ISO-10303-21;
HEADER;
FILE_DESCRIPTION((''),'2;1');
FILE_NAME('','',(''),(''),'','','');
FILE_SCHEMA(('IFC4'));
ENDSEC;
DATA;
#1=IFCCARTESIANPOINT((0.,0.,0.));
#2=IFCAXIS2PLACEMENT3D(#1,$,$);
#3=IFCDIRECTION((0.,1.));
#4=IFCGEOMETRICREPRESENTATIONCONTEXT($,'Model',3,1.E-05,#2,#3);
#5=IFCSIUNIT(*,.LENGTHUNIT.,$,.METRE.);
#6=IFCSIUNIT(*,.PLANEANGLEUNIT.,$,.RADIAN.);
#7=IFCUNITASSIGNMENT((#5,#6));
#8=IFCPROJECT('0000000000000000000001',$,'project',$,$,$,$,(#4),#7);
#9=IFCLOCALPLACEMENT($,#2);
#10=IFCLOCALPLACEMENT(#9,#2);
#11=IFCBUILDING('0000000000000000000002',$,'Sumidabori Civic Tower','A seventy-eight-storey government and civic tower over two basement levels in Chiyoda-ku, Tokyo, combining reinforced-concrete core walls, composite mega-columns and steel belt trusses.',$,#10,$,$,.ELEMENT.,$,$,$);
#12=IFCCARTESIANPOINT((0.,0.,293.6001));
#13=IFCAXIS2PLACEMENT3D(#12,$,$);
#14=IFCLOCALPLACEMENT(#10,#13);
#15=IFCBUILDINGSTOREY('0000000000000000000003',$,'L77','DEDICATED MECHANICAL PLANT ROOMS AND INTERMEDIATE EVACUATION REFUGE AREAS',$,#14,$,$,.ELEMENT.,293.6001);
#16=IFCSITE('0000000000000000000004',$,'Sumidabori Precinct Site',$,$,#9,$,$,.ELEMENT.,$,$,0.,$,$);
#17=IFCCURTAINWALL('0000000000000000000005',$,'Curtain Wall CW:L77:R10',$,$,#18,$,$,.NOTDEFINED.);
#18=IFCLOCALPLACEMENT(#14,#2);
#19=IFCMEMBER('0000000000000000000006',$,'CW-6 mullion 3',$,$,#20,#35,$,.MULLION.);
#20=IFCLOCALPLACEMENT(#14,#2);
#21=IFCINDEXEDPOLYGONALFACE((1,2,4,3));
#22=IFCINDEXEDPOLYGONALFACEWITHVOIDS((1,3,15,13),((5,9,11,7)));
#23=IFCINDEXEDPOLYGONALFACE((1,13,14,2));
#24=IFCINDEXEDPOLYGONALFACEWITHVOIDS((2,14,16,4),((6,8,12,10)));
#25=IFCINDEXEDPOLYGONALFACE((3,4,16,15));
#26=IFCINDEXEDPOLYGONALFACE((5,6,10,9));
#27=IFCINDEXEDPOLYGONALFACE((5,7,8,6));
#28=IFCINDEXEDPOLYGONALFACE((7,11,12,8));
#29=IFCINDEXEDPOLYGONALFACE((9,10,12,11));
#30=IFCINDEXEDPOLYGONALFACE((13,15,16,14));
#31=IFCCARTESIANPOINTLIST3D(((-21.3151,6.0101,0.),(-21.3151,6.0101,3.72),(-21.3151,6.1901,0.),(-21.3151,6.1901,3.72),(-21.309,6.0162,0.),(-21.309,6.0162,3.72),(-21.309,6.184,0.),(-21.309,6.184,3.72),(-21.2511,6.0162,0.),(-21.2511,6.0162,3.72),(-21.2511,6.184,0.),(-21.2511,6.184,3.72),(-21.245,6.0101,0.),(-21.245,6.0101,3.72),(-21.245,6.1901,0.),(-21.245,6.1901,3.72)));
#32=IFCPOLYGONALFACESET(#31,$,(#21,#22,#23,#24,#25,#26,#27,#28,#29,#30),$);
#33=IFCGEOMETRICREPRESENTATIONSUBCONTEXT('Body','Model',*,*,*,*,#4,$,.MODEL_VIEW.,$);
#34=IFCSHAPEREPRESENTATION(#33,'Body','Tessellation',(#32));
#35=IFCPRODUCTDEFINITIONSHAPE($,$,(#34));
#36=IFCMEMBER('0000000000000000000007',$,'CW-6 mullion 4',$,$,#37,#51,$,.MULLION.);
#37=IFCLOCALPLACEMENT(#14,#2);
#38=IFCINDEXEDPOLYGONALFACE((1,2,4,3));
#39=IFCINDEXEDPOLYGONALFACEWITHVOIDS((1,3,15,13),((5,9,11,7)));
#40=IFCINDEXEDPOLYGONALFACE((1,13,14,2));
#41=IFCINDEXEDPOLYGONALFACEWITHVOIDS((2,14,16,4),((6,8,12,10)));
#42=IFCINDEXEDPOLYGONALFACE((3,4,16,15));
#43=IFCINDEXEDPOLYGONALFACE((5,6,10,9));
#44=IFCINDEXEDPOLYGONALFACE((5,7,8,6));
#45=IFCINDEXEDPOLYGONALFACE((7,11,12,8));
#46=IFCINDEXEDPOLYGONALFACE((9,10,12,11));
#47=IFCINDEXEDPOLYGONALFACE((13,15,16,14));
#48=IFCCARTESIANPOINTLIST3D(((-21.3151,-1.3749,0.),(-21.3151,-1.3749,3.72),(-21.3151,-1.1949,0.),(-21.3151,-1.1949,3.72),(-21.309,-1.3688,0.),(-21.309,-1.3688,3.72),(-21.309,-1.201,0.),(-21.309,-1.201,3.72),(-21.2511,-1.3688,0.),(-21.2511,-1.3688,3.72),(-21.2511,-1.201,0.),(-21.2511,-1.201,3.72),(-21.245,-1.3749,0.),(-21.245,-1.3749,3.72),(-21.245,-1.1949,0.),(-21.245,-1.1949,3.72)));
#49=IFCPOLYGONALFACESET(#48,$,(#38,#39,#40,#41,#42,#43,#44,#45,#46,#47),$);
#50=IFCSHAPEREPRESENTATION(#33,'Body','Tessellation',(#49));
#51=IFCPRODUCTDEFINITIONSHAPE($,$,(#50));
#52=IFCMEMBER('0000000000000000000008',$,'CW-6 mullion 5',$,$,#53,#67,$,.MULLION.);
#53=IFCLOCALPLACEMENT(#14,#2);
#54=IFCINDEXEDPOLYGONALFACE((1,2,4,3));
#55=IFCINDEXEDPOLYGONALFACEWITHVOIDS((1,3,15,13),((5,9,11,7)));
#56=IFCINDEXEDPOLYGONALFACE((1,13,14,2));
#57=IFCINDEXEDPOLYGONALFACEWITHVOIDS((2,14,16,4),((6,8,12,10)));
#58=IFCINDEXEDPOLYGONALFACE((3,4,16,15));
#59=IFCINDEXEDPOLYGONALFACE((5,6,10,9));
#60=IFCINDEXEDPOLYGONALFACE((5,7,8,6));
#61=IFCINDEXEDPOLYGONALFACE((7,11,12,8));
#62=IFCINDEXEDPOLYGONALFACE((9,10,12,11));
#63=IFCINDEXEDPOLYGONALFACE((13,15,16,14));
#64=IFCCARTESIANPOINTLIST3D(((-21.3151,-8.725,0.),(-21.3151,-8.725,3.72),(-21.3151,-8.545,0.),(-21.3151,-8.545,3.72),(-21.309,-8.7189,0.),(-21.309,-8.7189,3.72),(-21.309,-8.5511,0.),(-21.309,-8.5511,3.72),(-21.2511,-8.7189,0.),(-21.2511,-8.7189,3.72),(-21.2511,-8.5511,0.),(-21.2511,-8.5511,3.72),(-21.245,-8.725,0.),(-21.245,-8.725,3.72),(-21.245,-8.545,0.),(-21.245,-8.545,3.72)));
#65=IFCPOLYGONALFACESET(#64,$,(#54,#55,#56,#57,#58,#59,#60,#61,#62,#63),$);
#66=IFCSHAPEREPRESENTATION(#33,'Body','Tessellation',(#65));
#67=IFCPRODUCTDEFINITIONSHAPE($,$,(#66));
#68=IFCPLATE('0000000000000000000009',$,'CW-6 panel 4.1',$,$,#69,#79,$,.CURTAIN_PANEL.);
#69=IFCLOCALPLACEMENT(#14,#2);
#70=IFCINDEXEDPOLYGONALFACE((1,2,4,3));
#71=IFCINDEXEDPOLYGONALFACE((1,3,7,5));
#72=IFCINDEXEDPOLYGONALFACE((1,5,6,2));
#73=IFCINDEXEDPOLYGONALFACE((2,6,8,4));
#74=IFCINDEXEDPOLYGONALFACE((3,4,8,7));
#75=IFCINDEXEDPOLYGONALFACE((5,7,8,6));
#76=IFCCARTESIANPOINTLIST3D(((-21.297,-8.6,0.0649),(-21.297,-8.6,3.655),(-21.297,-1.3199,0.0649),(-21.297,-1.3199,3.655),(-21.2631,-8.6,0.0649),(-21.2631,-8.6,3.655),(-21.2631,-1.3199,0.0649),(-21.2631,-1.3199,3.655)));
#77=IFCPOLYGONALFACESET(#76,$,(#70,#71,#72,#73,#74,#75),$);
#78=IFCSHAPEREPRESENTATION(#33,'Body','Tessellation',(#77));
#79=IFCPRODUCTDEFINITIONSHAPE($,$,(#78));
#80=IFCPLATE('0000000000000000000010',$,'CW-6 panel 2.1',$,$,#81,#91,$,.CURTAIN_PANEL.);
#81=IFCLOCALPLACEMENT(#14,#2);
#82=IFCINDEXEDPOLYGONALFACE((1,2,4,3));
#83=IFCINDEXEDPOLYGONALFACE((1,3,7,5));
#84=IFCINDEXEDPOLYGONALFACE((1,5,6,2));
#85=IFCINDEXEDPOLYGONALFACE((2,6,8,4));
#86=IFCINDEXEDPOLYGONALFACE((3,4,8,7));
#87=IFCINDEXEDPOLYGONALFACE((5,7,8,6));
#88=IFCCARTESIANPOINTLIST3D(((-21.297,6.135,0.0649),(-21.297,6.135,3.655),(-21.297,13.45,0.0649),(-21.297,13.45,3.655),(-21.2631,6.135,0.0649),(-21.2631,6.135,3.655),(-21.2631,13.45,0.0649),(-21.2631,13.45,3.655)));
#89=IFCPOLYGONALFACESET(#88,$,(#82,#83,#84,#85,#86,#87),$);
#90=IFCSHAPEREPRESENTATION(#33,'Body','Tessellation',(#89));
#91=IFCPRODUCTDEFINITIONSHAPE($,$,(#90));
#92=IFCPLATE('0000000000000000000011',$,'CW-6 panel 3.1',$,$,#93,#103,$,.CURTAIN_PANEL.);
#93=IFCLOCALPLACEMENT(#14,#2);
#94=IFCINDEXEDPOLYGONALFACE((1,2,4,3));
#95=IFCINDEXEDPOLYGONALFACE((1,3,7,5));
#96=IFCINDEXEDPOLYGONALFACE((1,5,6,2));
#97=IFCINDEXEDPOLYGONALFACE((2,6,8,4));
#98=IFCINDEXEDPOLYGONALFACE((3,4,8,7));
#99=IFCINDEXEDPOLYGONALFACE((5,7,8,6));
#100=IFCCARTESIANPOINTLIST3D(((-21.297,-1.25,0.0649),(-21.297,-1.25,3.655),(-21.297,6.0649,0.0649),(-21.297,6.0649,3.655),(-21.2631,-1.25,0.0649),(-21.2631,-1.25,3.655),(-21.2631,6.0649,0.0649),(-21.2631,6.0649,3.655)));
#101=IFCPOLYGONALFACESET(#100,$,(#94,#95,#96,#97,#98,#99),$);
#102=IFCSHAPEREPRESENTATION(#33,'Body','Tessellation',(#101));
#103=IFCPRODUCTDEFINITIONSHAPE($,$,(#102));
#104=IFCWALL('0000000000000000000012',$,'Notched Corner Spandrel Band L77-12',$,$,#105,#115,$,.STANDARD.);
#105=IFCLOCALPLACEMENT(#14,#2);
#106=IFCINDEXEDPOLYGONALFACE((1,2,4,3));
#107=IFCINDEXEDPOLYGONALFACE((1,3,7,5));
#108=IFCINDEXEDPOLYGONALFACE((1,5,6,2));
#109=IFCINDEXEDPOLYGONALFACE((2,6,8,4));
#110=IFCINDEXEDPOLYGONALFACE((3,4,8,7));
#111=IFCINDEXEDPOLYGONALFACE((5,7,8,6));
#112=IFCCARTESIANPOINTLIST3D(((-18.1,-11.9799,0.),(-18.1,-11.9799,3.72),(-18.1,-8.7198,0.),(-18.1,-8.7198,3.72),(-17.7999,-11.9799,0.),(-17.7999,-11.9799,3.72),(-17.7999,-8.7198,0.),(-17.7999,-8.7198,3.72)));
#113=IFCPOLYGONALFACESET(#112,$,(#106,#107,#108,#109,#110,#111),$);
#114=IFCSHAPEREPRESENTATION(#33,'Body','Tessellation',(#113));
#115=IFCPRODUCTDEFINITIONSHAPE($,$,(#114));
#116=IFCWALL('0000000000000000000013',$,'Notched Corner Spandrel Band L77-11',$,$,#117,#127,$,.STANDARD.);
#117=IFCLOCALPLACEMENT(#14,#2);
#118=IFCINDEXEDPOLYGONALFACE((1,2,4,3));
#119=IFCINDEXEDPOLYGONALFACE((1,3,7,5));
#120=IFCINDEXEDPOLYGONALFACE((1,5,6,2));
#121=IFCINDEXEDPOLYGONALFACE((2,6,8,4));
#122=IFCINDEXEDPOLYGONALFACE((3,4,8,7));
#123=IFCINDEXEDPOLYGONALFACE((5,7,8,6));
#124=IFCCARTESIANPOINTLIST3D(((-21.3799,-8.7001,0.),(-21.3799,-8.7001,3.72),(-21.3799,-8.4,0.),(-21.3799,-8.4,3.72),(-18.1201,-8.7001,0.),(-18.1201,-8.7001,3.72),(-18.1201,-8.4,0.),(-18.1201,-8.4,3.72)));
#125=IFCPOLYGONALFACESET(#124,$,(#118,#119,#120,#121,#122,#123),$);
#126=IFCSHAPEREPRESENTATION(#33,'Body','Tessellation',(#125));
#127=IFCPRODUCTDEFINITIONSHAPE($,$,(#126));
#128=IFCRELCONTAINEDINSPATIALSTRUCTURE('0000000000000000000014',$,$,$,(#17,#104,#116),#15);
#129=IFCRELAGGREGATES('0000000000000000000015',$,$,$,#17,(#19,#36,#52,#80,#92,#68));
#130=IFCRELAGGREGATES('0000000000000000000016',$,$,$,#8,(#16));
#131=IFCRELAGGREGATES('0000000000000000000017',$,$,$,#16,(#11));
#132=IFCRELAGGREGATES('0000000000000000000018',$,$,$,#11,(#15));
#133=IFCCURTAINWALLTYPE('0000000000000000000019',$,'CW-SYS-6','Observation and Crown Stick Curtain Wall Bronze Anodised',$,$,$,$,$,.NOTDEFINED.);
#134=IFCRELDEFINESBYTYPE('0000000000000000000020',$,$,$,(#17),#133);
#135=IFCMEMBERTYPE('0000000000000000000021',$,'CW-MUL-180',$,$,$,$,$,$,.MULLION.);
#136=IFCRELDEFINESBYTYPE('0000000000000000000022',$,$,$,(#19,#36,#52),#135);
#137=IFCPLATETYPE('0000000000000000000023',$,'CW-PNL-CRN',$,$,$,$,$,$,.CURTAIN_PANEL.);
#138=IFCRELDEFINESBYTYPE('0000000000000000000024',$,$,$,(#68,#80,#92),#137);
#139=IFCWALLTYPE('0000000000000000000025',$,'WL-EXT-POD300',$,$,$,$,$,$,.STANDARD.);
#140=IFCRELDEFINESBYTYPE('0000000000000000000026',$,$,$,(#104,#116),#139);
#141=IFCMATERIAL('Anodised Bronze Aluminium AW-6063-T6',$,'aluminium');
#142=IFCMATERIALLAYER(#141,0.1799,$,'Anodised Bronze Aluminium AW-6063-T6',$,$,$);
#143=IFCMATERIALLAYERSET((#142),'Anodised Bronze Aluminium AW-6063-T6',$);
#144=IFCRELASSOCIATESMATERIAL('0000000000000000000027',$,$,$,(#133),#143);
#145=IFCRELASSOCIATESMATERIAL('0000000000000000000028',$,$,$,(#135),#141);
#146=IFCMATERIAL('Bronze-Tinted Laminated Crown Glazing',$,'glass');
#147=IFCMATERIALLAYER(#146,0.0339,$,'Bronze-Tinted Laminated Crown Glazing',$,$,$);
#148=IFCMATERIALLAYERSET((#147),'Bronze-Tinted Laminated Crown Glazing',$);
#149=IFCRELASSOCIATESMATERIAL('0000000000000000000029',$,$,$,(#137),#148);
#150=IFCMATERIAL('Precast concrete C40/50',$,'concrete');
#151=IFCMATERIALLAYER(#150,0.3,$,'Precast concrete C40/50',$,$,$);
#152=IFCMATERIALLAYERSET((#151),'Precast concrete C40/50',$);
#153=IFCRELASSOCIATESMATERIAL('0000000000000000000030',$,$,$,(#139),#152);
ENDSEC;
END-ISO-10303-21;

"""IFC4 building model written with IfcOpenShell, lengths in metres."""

from ifc_helpers import new_model, si_unit, direction, frame, frame_2d, origin, origin_2d, place, context, subcontext, project, spatial, rectangle, hollow_rectangle, extrude, source, transform, mapped, material, layer, layer_set, material_profile, profile_set, type_object, element, aggregate, save


model = new_model("IFC4")

# Units and contexts
model_context = context("Model", 3, precision=1e-05, world=origin(), true_north=direction((0.0, 1.0)))
body_context = subcontext(model_context, "Body", "Model", "MODEL_VIEW")
ifc_project = project(units=[si_unit("LENGTHUNIT", "METRE"), si_unit("PLANEANGLEUNIT", "RADIAN")], contexts=[model_context])

# Site, building, storey
site_placement = place(None, origin())
site = spatial("IfcSite", under=ifc_project, at=site_placement, Name="Sumidabori Precinct Site", CompositionType="ELEMENT", RefElevation=0.0)
building_placement = place(site_placement, origin())
building = spatial("IfcBuilding", under=site, at=building_placement, Name="Sumidabori Civic Tower", Description="A seventy-eight-storey government and civic tower over two basement levels in Chiyoda-ku, Tokyo, combining reinforced-concrete core walls, composite mega-columns and steel belt trusses.", CompositionType="ELEMENT")
storey_placement = place(building_placement, frame((0.0, 0.0, 293.6001)))
storey = spatial("IfcBuildingStorey", under=building, at=storey_placement, Name="L77", Description="DEDICATED MECHANICAL PLANT ROOMS AND INTERMEDIATE EVACUATION REFUGE AREAS", CompositionType="ELEMENT", Elevation=293.6001)

# Curtain wall, members, plates
ifc_material_1 = material(Name="Anodised Bronze Aluminium AW-6063-T6", Category="aluminium")
ifc_layer_1 = layer(ifc_material_1, 0.1799, Name="Anodised Bronze Aluminium AW-6063-T6")
ifc_layer_set_1 = layer_set([ifc_layer_1], Name="Anodised Bronze Aluminium AW-6063-T6")
curtain_wall_type = type_object("IfcCurtainWallType", Name="CW-SYS-6", Description="Observation and Crown Stick Curtain Wall Bronze Anodised", PredefinedType="NOTDEFINED", material=ifc_layer_set_1)
curtain_wall_placement = place(storey_placement, origin())
curtain_wall = element("IfcCurtainWall", 1, at=curtain_wall_placement, inside=storey, type_object=curtain_wall_type, Name="Curtain Wall CW:L77:R10", PredefinedType="NOTDEFINED")
ifc_material_profile_1 = material_profile(ifc_material_1, hollow_rectangle(XDim=0.0701, YDim=0.1799, WallThickness=0.0061, at=origin_2d()), Name="ALU MULLION 180x70")
ifc_profile_set_1 = profile_set([ifc_material_profile_1], Name="Anodised Bronze Aluminium AW-6063-T6")
member_type_1 = type_object("IfcMemberType", Name="CW-MUL-180", PredefinedType="MULLION", material=ifc_profile_set_1)
shared_shape_1 = source(origin(), body_context, "Body", "SweptSolid", [
    extrude(hollow_rectangle(XDim=0.0701, YDim=0.1799, WallThickness=0.0061, at=origin_2d()), origin(), (0.0, 0.0, 1.0), 3.72),
])
member_1_placement = place(storey_placement, frame((-21.28, 6.1001, 0.0), z_axis=(0.0, 0.0, 1.0), x_axis=(1.0, 0.0, 0.0)))
member_1 = element("IfcMember", 2, at=member_1_placement, type_object=member_type_1, Name="CW-6 mullion 3", PredefinedType="MULLION", context=body_context, shape_type="MappedRepresentation", body=[
    mapped(shared_shape_1, transform((0.0, 0.0, 0.0), x_axis=(1.0, 0.0, 0.0), y_axis=(0.0, 1.0, 0.0), z_axis=(0.0, 0.0, 1.0), scale=1.0)),
])
member_2_placement = place(storey_placement, frame((-21.28, -1.2849, 0.0), z_axis=(0.0, 0.0, 1.0), x_axis=(1.0, 0.0, 0.0)))
member_2 = element("IfcMember", 3, at=member_2_placement, type_object=member_type_1, Name="CW-6 mullion 4", PredefinedType="MULLION", context=body_context, shape_type="MappedRepresentation", body=[
    mapped(shared_shape_1, transform((0.0, 0.0, 0.0), x_axis=(1.0, 0.0, 0.0), y_axis=(0.0, 1.0, 0.0), z_axis=(0.0, 0.0, 1.0), scale=1.0)),
])
member_3_placement = place(storey_placement, frame((-21.28, -8.635, 0.0), z_axis=(0.0, 0.0, 1.0), x_axis=(1.0, 0.0, 0.0)))
member_3 = element("IfcMember", 4, at=member_3_placement, type_object=member_type_1, Name="CW-6 mullion 5", PredefinedType="MULLION", context=body_context, shape_type="MappedRepresentation", body=[
    mapped(shared_shape_1, transform((0.0, 0.0, 0.0), x_axis=(1.0, 0.0, 0.0), y_axis=(0.0, 1.0, 0.0), z_axis=(0.0, 0.0, 1.0), scale=1.0)),
])
ifc_material_2 = material(Name="Bronze-Tinted Laminated Crown Glazing", Category="glass")
ifc_layer_2 = layer(ifc_material_2, 0.0339, Name="Bronze-Tinted Laminated Crown Glazing")
ifc_layer_set_2 = layer_set([ifc_layer_2], Name="Bronze-Tinted Laminated Crown Glazing")
plate_type = type_object("IfcPlateType", Name="CW-PNL-CRN", PredefinedType="CURTAIN_PANEL", material=ifc_layer_set_2)
shared_shape_2 = source(origin(), body_context, "Body", "SweptSolid", [
    extrude(rectangle(XDim=7.28, YDim=0.0339, at=origin_2d()), origin(), (0.0, 0.0, 1.0), 3.5901),
])
plate_1_placement = place(storey_placement, frame((-21.28, -4.96, 0.0649), z_axis=(0.0, 0.0, 1.0), x_axis=(0.0, -1.0, 0.0)))
plate_1 = element("IfcPlate", 5, at=plate_1_placement, type_object=plate_type, Name="CW-6 panel 4.1", PredefinedType="CURTAIN_PANEL", context=body_context, shape_type="MappedRepresentation", body=[
    mapped(shared_shape_2, transform((0.0, 0.0, 0.0), x_axis=(1.0, 0.0, 0.0), y_axis=(0.0, 1.0, 0.0), z_axis=(0.0, 0.0, 1.0), scale=1.0)),
])
shared_shape_3 = source(origin(), body_context, "Body", "SweptSolid", [
    extrude(rectangle(XDim=7.3149, YDim=0.0339, at=origin_2d()), origin(), (0.0, 0.0, 1.0), 3.5901),
])
plate_2_placement = place(storey_placement, frame((-21.28, 9.7925, 0.0649), z_axis=(0.0, 0.0, 1.0), x_axis=(0.0, -1.0, 0.0)))
plate_2 = element("IfcPlate", 6, at=plate_2_placement, type_object=plate_type, Name="CW-6 panel 2.1", PredefinedType="CURTAIN_PANEL", context=body_context, shape_type="MappedRepresentation", body=[
    mapped(shared_shape_3, transform((0.0, 0.0, 0.0), x_axis=(1.0, 0.0, 0.0), y_axis=(0.0, 1.0, 0.0), z_axis=(0.0, 0.0, 1.0), scale=1.0)),
])
plate_3_placement = place(storey_placement, frame((-21.28, 2.4075, 0.0649), z_axis=(0.0, 0.0, 1.0), x_axis=(0.0, -1.0, 0.0)))
plate_3 = element("IfcPlate", 7, at=plate_3_placement, type_object=plate_type, Name="CW-6 panel 3.1", PredefinedType="CURTAIN_PANEL", context=body_context, shape_type="MappedRepresentation", body=[
    mapped(shared_shape_3, transform((0.0, 0.0, 0.0), x_axis=(1.0, 0.0, 0.0), y_axis=(0.0, 1.0, 0.0), z_axis=(0.0, 0.0, 1.0), scale=1.0)),
])
aggregate(curtain_wall, [member_1, member_2, member_3, plate_2, plate_3, plate_1])

# Walls
ifc_material_3 = material(Name="Precast concrete C40/50", Category="concrete")
ifc_layer_3 = layer(ifc_material_3, 0.3, Name="Precast concrete C40/50")
ifc_layer_set_3 = layer_set([ifc_layer_3], Name="Precast concrete C40/50")
wall_type_1 = type_object("IfcWallType", Name="WL-EXT-POD300", PredefinedType="STANDARD", material=ifc_layer_set_3)
shared_shape_4 = source(origin(), body_context, "Body", "SweptSolid", [
    extrude(rectangle(XDim=3.26, YDim=0.3, at=frame_2d((1.6299, 0.0))), origin(), (0.0, 0.0, 1.0), 3.72),
])
wall_1_placement = place(storey_placement, frame((-17.95, -8.72, 0.0), z_axis=(0.0, 0.0, 1.0), x_axis=(0.0, -1.0, 0.0)))
element("IfcWall", 8, at=wall_1_placement, inside=storey, type_object=wall_type_1, Name="Notched Corner Spandrel Band L77-12", PredefinedType="STANDARD", context=body_context, shape_type="MappedRepresentation", body=[
    mapped(shared_shape_4, transform((0.0, 0.0, 0.0), x_axis=(1.0, 0.0, 0.0), y_axis=(0.0, 1.0, 0.0), z_axis=(0.0, 0.0, 1.0), scale=1.0)),
])
shared_shape_5 = source(origin(), body_context, "Body", "SweptSolid", [
    extrude(rectangle(XDim=3.2598, YDim=0.3, at=frame_2d((1.6299, 0.0))), origin(), (0.0, 0.0, 1.0), 3.72),
])
wall_2_placement = place(storey_placement, frame((-21.3799, -8.55, 0.0), z_axis=(0.0, 0.0, 1.0), x_axis=(1.0, 0.0, 0.0)))
element("IfcWall", 9, at=wall_2_placement, inside=storey, type_object=wall_type_1, Name="Notched Corner Spandrel Band L77-11", PredefinedType="STANDARD", context=body_context, shape_type="MappedRepresentation", body=[
    mapped(shared_shape_5, transform((0.0, 0.0, 0.0), x_axis=(1.0, 0.0, 0.0), y_axis=(0.0, 1.0, 0.0), z_axis=(0.0, 0.0, 1.0), scale=1.0)),
])

save(model, "model.ifc")
